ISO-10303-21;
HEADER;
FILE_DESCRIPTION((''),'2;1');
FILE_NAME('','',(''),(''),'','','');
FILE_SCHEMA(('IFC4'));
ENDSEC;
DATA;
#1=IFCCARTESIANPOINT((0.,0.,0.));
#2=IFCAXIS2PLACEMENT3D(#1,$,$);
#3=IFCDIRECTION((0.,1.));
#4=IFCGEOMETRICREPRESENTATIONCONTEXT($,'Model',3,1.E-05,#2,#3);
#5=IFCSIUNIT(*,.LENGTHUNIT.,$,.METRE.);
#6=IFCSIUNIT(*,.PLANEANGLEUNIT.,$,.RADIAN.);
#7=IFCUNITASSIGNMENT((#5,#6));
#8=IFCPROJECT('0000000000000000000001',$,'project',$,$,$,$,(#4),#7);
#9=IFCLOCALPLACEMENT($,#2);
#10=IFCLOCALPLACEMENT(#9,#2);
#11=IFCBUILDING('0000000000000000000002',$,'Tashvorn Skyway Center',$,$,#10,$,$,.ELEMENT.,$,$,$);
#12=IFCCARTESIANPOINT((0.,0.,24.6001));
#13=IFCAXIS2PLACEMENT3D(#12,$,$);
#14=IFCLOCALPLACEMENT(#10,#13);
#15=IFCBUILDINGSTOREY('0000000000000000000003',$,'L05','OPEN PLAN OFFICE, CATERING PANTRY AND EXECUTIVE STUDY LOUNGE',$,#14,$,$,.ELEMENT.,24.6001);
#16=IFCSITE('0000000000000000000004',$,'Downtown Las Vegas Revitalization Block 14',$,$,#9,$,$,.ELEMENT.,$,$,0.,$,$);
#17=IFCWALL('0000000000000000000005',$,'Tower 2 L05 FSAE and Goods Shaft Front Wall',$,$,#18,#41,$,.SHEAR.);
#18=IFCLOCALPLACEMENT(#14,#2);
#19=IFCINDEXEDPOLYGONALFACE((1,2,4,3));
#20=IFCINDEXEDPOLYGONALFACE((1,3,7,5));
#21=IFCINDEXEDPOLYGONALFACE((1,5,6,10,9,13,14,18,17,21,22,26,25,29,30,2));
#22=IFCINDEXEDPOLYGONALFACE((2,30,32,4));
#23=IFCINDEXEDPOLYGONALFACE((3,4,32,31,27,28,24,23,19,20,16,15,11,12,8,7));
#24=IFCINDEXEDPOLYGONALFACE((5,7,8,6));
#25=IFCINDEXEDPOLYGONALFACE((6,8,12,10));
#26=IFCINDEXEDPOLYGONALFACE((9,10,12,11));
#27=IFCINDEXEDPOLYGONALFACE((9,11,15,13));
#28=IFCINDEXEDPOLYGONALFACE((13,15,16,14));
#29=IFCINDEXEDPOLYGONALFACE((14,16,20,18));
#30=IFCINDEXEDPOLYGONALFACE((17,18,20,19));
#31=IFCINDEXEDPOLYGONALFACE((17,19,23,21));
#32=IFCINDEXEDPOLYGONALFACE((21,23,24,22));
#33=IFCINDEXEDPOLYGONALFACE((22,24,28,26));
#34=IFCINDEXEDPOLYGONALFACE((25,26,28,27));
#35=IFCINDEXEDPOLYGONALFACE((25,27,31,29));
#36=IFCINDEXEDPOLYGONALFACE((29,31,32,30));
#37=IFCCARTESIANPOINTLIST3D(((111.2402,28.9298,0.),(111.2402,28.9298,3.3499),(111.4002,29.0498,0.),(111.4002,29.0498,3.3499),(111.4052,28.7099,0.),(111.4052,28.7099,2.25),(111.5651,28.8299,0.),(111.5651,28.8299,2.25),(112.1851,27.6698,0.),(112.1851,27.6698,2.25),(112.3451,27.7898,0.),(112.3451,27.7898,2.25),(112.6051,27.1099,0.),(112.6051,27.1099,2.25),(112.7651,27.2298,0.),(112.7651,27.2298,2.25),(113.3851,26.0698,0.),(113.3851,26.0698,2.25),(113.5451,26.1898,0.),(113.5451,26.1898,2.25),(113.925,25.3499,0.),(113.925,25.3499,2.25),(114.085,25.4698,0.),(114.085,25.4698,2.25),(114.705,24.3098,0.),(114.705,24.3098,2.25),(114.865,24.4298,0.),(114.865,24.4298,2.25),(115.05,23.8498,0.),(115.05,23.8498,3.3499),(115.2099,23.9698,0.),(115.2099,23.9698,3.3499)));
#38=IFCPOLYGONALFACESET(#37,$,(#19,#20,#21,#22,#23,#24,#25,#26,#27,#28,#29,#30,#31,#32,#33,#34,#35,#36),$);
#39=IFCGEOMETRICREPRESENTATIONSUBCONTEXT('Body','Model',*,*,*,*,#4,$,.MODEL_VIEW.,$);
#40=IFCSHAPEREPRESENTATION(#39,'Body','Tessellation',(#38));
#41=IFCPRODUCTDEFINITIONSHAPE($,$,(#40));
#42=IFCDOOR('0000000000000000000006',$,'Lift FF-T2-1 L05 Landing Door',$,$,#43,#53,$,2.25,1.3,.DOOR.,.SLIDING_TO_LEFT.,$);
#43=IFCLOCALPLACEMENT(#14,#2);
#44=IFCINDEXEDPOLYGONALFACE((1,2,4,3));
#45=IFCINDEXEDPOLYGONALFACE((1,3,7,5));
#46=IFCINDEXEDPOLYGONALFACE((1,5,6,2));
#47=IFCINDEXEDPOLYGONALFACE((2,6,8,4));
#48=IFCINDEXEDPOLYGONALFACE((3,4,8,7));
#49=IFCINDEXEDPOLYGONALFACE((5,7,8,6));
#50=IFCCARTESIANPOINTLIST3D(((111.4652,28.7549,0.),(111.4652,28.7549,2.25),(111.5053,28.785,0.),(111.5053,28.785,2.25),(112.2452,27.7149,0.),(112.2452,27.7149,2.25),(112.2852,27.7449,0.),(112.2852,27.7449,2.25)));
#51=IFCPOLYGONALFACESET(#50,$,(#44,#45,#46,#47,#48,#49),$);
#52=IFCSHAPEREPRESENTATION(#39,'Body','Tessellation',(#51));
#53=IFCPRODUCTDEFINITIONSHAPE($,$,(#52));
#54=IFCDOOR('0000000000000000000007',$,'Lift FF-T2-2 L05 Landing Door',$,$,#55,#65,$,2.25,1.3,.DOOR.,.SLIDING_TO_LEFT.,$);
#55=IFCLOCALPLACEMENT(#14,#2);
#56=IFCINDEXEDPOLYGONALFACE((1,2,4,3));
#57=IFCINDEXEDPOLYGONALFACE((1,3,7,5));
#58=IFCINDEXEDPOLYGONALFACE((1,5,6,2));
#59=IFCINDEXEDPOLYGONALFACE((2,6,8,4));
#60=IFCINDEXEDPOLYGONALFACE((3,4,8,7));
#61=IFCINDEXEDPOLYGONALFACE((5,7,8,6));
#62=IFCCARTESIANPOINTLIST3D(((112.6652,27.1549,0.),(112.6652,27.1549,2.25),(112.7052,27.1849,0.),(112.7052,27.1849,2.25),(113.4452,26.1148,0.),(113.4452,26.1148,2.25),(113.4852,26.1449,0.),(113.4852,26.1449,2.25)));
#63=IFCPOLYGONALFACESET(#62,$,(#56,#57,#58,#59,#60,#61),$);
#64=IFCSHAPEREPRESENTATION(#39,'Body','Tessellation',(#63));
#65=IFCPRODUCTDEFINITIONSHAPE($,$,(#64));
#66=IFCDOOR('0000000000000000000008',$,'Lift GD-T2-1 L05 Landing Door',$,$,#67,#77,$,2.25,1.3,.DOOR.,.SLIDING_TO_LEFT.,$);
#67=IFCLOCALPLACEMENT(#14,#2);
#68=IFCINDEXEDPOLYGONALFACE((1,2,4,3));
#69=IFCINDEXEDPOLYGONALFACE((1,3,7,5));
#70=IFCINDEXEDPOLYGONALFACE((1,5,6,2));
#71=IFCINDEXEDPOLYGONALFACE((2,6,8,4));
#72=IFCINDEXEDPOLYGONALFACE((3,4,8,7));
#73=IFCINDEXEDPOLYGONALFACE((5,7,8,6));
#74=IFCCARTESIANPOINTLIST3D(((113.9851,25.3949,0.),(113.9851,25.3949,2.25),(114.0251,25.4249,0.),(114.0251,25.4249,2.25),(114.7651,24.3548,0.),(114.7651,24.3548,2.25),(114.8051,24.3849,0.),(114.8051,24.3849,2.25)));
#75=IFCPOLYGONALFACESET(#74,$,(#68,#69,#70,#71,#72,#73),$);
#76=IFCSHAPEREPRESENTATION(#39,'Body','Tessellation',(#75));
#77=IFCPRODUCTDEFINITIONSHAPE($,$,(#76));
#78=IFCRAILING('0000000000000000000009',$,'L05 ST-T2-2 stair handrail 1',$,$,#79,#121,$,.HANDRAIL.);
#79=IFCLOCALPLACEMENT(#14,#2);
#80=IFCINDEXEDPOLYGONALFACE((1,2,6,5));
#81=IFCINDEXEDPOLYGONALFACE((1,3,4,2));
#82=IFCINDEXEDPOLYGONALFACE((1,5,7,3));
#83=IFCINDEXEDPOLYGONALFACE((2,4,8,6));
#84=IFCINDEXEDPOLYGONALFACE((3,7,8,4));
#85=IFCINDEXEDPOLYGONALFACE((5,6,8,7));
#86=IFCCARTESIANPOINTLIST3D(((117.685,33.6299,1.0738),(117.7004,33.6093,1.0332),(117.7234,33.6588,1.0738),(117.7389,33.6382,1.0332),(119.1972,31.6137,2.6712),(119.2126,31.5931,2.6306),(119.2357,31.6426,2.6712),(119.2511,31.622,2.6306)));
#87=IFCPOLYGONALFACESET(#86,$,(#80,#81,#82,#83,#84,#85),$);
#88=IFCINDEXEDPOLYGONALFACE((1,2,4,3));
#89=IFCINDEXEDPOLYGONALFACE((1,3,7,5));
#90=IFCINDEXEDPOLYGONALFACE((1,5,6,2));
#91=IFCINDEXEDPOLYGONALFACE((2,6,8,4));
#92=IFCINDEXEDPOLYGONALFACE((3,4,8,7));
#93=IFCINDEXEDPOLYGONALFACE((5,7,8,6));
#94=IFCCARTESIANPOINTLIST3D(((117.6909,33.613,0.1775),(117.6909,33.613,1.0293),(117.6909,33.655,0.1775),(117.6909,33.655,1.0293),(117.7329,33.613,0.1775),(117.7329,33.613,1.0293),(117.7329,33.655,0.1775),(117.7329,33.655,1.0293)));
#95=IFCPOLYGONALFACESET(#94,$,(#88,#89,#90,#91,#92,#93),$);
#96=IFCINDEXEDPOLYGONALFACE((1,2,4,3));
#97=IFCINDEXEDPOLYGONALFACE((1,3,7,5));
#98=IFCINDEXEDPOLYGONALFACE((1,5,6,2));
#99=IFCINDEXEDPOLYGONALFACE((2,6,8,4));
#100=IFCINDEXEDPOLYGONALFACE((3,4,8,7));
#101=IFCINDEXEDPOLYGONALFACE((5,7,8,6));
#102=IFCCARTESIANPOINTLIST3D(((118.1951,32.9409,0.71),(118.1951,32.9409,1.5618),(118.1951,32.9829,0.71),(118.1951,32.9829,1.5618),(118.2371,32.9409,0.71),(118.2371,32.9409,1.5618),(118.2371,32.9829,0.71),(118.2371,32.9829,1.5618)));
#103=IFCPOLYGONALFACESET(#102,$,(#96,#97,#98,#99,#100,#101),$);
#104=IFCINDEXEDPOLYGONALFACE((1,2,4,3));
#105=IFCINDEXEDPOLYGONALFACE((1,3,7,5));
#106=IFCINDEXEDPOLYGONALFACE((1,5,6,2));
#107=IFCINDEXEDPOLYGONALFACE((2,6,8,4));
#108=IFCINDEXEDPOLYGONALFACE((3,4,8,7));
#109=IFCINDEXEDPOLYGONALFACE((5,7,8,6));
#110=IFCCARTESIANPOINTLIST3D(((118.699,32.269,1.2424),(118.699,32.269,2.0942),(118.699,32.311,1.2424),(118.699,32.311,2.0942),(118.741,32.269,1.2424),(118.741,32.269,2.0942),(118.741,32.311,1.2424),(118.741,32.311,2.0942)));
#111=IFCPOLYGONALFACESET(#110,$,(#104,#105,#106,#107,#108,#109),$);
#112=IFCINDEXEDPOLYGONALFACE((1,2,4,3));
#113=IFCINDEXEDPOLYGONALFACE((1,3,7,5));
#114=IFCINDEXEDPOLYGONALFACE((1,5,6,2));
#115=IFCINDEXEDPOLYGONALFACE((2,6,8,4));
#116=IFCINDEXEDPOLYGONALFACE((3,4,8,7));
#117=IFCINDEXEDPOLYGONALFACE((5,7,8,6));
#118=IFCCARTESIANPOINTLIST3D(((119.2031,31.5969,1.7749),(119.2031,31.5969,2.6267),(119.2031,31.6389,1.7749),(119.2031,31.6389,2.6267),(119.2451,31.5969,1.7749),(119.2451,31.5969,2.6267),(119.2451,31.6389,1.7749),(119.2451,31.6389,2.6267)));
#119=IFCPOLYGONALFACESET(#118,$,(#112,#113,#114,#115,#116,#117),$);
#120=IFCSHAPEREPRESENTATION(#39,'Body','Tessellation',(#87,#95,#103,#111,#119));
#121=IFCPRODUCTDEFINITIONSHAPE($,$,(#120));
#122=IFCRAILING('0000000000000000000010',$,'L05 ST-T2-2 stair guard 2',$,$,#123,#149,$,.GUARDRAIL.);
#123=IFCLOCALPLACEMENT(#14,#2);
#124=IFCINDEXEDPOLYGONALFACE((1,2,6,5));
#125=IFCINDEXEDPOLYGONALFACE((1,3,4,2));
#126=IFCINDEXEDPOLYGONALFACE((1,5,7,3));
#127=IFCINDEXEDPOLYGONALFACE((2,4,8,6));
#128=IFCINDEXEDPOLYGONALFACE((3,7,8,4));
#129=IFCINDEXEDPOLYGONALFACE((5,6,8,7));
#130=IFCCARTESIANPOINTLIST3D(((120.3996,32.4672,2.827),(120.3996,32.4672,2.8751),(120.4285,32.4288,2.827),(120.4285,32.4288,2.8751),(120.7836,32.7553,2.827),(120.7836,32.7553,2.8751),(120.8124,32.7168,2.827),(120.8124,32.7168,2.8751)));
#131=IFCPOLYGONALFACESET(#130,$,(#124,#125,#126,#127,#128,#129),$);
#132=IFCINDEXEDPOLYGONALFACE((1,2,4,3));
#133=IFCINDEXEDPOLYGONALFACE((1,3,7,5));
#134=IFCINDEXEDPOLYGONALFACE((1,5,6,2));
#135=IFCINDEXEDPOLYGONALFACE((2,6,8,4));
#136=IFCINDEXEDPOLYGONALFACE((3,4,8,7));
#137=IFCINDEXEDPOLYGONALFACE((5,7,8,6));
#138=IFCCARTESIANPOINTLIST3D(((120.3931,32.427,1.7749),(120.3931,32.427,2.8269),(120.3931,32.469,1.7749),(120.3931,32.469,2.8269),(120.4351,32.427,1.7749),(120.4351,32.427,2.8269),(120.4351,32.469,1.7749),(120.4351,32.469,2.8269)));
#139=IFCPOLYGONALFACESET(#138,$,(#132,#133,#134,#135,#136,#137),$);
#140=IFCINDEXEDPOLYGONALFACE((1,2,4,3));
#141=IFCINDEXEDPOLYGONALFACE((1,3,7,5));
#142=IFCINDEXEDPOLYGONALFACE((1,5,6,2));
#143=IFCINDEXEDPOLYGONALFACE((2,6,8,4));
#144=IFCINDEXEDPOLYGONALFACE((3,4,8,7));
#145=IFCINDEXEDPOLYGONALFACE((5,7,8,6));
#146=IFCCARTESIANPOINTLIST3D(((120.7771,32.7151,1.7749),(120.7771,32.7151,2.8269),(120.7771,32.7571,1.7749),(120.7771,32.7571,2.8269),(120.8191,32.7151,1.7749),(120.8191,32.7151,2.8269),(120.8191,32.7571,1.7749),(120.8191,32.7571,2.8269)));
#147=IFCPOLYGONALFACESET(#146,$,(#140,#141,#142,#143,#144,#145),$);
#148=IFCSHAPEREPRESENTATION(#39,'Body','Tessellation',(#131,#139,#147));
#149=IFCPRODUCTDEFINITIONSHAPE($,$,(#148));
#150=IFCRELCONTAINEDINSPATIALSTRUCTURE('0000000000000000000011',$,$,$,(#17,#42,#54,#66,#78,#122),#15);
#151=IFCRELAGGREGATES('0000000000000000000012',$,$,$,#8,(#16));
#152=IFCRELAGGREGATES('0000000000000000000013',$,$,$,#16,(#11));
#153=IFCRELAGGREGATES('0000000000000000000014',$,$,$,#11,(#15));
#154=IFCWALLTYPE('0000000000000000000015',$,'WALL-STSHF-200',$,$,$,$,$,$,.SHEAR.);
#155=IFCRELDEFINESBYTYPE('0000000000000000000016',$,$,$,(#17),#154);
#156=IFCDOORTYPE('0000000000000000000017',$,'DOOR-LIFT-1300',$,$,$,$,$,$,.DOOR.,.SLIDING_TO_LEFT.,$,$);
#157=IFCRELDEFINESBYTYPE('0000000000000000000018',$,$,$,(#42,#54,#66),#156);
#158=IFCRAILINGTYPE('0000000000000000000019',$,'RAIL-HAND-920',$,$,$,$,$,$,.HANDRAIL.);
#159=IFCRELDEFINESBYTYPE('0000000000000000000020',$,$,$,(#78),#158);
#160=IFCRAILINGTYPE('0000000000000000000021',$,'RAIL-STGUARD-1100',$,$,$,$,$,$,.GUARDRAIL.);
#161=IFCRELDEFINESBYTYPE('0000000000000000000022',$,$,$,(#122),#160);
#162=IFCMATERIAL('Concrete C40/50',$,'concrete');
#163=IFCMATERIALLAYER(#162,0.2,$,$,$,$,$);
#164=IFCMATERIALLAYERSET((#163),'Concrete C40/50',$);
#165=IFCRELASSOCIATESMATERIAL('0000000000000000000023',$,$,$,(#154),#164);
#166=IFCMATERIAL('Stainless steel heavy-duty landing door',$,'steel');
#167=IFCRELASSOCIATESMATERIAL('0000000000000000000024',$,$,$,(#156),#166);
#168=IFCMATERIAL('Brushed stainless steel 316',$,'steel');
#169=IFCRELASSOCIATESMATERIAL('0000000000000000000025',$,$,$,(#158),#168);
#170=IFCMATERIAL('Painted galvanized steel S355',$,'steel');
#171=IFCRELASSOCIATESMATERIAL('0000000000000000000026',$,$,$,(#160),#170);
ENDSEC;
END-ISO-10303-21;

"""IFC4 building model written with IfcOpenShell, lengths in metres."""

from ifc_helpers import new_model, si_unit, direction, frame, frame_2d, origin, origin_2d, place, context, subcontext, project, spatial, rectangle, extrude, material, layer, layer_set, type_object, element, fill, save


model = new_model("IFC4")

# Units and contexts
model_context = context("Model", 3, precision=1e-05, world=origin(), true_north=direction((0.0, 1.0)))
body_context = subcontext(model_context, "Body", "Model", "MODEL_VIEW")
ifc_project = project(units=[si_unit("LENGTHUNIT", "METRE"), si_unit("PLANEANGLEUNIT", "RADIAN")], contexts=[model_context])

# Site, building, storey
site_placement = place(None, origin())
site = spatial("IfcSite", under=ifc_project, at=site_placement, Name="Downtown Las Vegas Revitalization Block 14", CompositionType="ELEMENT", RefElevation=0.0)
building_placement = place(site_placement, origin())
building = spatial("IfcBuilding", under=site, at=building_placement, Name="Tashvorn Skyway Center", CompositionType="ELEMENT")
storey_placement = place(building_placement, frame((0.0, 0.0, 24.6001)))
storey = spatial("IfcBuildingStorey", under=building, at=storey_placement, Name="L05", Description="OPEN PLAN OFFICE, CATERING PANTRY AND EXECUTIVE STUDY LOUNGE", CompositionType="ELEMENT", Elevation=24.6001)

# Shared definitions
ifc_material_1 = material(Name="Concrete C40/50", Category="concrete")

# Shared definitions
ifc_layer_1 = layer(ifc_material_1, 0.2)
ifc_layer_set_1 = layer_set([ifc_layer_1], Name="Concrete C40/50")
wall_type_1 = type_object("IfcWallType", Name="WALL-STSHF-200", PredefinedType="SHEAR", material=ifc_layer_set_1)

# Wall, openings, doors
wall_1_placement = place(storey_placement, frame((115.1299, 23.9099, 0.0), z_axis=(0.0, 0.0, 1.0), x_axis=(-0.599975, 0.800018, 0.0)))
wall_1 = element("IfcWall", 1, at=wall_1_placement, inside=storey, type_object=wall_type_1, Name="Tower 2 L05 FSAE and Goods Shaft Front Wall", PredefinedType="SHEAR", context=body_context, shape_type="SweptSolid", body=[
    extrude(rectangle(XDim=6.3499, YDim=0.2, at=frame_2d((3.1748, 0.0))), origin(), (0.0, 0.0, 1.0), 3.3499),
])
opening_1_placement = place(wall_1_placement, frame((4.7749, 0.0, 0.0)))
opening_1 = element("IfcOpeningElement", 2, at=opening_1_placement, cuts=wall_1, PredefinedType="OPENING", context=body_context, shape_type="SweptSolid", body=[
    extrude(rectangle(XDim=1.3, YDim=2.25, at=frame_2d((0.6499, 1.125))), frame((0.0, 0.1099, 0.0), z_axis=(0.0, -1.0, 0.0), x_axis=(1.0, 0.0, 0.0)), (0.0, 0.0, 1.0), 0.22),
])
opening_2_placement = place(wall_1_placement, frame((2.7749, 0.0, 0.0)))
opening_2 = element("IfcOpeningElement", 3, at=opening_2_placement, cuts=wall_1, PredefinedType="OPENING", context=body_context, shape_type="SweptSolid", body=[
    extrude(rectangle(XDim=1.3, YDim=2.25, at=frame_2d((0.6499, 1.125))), frame((0.0, 0.1099, 0.0), z_axis=(0.0, -1.0, 0.0), x_axis=(1.0, 0.0, 0.0)), (0.0, 0.0, 1.0), 0.22),
])
opening_3_placement = place(wall_1_placement, frame((0.575, 0.0, 0.0)))
opening_3 = element("IfcOpeningElement", 4, at=opening_3_placement, cuts=wall_1, PredefinedType="OPENING", context=body_context, shape_type="SweptSolid", body=[
    extrude(rectangle(XDim=1.3, YDim=2.25, at=frame_2d((0.6499, 1.125))), frame((0.0, 0.1099, 0.0), z_axis=(0.0, -1.0, 0.0), x_axis=(1.0, 0.0, 0.0)), (0.0, 0.0, 1.0), 0.22),
])
ifc_material_2 = material(Name="Stainless steel heavy-duty landing door", Category="steel")
door_type_1 = type_object("IfcDoorType", Name="DOOR-LIFT-1300", OperationType="SLIDING_TO_LEFT", PredefinedType="DOOR", material=ifc_material_2)
door_1_placement = place(opening_1_placement, origin())
door_1 = element("IfcDoor", 5, at=door_1_placement, inside=storey, type_object=door_type_1, Name="Lift FF-T2-1 L05 Landing Door", OperationType="SLIDING_TO_LEFT", OverallHeight=2.25, OverallWidth=1.3, PredefinedType="DOOR", context=body_context, shape_type="SweptSolid", body=[
    extrude(rectangle(XDim=1.3, YDim=2.25, at=frame_2d((0.6499, 1.125))), frame((0.0, 0.0249, 0.0), z_axis=(0.0, -1.0, 0.0), x_axis=(1.0, 0.0, 0.0)), (0.0, 0.0, 1.0), 0.05),
])
fill(opening_1, door_1)
door_2_placement = place(opening_2_placement, origin())
door_2 = element("IfcDoor", 6, at=door_2_placement, inside=storey, type_object=door_type_1, Name="Lift FF-T2-2 L05 Landing Door", OperationType="SLIDING_TO_LEFT", OverallHeight=2.25, OverallWidth=1.3, PredefinedType="DOOR", context=body_context, shape_type="SweptSolid", body=[
    extrude(rectangle(XDim=1.3, YDim=2.25, at=frame_2d((0.6499, 1.125))), frame((0.0, 0.0249, 0.0), z_axis=(0.0, -1.0, 0.0), x_axis=(1.0, 0.0, 0.0)), (0.0, 0.0, 1.0), 0.05),
])
fill(opening_2, door_2)
door_3_placement = place(opening_3_placement, origin())
door_3 = element("IfcDoor", 7, at=door_3_placement, inside=storey, type_object=door_type_1, Name="Lift GD-T2-1 L05 Landing Door", OperationType="SLIDING_TO_LEFT", OverallHeight=2.25, OverallWidth=1.3, PredefinedType="DOOR", context=body_context, shape_type="SweptSolid", body=[
    extrude(rectangle(XDim=1.3, YDim=2.25, at=frame_2d((0.6499, 1.125))), frame((0.0, 0.0249, 0.0), z_axis=(0.0, -1.0, 0.0), x_axis=(1.0, 0.0, 0.0)), (0.0, 0.0, 1.0), 0.05),
])
fill(opening_3, door_3)

# Railings
ifc_material_3 = material(Name="Brushed stainless steel 316", Category="steel")
railing_type_1 = type_object("IfcRailingType", Name="RAIL-HAND-920", PredefinedType="HANDRAIL", material=ifc_material_3)
railing_1_placement = place(storey_placement, frame((117.7119, 33.634, 0.1775)))
element("IfcRailing", 8, at=railing_1_placement, inside=storey, type_object=railing_type_1, Name="L05 ST-T2-2 stair handrail 1", PredefinedType="HANDRAIL", context=body_context, shape_type="SweptSolid", body=[
    extrude(rectangle(XDim=0.0481, YDim=0.0481, at=origin_2d()), frame((0.0, 0.0, 0.876), z_axis=(0.506802, -0.675681, 0.535357), x_axis=(0.799977, 0.600031, 0.0)), (0.0, 0.0, 1.0), 2.9839),
    extrude(rectangle(XDim=0.042, YDim=0.042, at=origin_2d()), origin(), (0.0, 0.0, 1.0), 0.8518),
    extrude(rectangle(XDim=0.042, YDim=0.042, at=origin_2d()), frame((0.5042, -0.6721, 0.5325)), (0.0, 0.0, 1.0), 0.8518),
    extrude(rectangle(XDim=0.042, YDim=0.042, at=origin_2d()), frame((1.0081, -1.344, 1.0649)), (0.0, 0.0, 1.0), 0.8518),
    extrude(rectangle(XDim=0.042, YDim=0.042, at=origin_2d()), frame((1.5122, -2.0161, 1.5974)), (0.0, 0.0, 1.0), 0.8518),
])
ifc_material_4 = material(Name="Painted galvanized steel S355", Category="steel")
railing_type_2 = type_object("IfcRailingType", Name="RAIL-STGUARD-1100", PredefinedType="GUARDRAIL", material=ifc_material_4)
railing_2_placement = place(storey_placement, frame((120.4141, 32.448, 1.7749)))
element("IfcRailing", 9, at=railing_2_placement, inside=storey, type_object=railing_type_2, Name="L05 ST-T2-2 stair guard 2", PredefinedType="GUARDRAIL", context=body_context, shape_type="SweptSolid", body=[
    extrude(rectangle(XDim=0.0481, YDim=0.0481, at=origin_2d()), frame((0.0, 0.0, 1.0762), z_axis=(0.799939, 0.600081, 0.0), x_axis=(-0.600081, 0.799939, 0.0)), (0.0, 0.0, 1.0), 0.48),
    extrude(rectangle(XDim=0.042, YDim=0.042, at=origin_2d()), origin(), (0.0, 0.0, 1.0), 1.052),
    extrude(rectangle(XDim=0.042, YDim=0.042, at=origin_2d()), frame((0.384, 0.2881, 0.0)), (0.0, 0.0, 1.0), 1.052),
])

save(model, "model.ifc")
